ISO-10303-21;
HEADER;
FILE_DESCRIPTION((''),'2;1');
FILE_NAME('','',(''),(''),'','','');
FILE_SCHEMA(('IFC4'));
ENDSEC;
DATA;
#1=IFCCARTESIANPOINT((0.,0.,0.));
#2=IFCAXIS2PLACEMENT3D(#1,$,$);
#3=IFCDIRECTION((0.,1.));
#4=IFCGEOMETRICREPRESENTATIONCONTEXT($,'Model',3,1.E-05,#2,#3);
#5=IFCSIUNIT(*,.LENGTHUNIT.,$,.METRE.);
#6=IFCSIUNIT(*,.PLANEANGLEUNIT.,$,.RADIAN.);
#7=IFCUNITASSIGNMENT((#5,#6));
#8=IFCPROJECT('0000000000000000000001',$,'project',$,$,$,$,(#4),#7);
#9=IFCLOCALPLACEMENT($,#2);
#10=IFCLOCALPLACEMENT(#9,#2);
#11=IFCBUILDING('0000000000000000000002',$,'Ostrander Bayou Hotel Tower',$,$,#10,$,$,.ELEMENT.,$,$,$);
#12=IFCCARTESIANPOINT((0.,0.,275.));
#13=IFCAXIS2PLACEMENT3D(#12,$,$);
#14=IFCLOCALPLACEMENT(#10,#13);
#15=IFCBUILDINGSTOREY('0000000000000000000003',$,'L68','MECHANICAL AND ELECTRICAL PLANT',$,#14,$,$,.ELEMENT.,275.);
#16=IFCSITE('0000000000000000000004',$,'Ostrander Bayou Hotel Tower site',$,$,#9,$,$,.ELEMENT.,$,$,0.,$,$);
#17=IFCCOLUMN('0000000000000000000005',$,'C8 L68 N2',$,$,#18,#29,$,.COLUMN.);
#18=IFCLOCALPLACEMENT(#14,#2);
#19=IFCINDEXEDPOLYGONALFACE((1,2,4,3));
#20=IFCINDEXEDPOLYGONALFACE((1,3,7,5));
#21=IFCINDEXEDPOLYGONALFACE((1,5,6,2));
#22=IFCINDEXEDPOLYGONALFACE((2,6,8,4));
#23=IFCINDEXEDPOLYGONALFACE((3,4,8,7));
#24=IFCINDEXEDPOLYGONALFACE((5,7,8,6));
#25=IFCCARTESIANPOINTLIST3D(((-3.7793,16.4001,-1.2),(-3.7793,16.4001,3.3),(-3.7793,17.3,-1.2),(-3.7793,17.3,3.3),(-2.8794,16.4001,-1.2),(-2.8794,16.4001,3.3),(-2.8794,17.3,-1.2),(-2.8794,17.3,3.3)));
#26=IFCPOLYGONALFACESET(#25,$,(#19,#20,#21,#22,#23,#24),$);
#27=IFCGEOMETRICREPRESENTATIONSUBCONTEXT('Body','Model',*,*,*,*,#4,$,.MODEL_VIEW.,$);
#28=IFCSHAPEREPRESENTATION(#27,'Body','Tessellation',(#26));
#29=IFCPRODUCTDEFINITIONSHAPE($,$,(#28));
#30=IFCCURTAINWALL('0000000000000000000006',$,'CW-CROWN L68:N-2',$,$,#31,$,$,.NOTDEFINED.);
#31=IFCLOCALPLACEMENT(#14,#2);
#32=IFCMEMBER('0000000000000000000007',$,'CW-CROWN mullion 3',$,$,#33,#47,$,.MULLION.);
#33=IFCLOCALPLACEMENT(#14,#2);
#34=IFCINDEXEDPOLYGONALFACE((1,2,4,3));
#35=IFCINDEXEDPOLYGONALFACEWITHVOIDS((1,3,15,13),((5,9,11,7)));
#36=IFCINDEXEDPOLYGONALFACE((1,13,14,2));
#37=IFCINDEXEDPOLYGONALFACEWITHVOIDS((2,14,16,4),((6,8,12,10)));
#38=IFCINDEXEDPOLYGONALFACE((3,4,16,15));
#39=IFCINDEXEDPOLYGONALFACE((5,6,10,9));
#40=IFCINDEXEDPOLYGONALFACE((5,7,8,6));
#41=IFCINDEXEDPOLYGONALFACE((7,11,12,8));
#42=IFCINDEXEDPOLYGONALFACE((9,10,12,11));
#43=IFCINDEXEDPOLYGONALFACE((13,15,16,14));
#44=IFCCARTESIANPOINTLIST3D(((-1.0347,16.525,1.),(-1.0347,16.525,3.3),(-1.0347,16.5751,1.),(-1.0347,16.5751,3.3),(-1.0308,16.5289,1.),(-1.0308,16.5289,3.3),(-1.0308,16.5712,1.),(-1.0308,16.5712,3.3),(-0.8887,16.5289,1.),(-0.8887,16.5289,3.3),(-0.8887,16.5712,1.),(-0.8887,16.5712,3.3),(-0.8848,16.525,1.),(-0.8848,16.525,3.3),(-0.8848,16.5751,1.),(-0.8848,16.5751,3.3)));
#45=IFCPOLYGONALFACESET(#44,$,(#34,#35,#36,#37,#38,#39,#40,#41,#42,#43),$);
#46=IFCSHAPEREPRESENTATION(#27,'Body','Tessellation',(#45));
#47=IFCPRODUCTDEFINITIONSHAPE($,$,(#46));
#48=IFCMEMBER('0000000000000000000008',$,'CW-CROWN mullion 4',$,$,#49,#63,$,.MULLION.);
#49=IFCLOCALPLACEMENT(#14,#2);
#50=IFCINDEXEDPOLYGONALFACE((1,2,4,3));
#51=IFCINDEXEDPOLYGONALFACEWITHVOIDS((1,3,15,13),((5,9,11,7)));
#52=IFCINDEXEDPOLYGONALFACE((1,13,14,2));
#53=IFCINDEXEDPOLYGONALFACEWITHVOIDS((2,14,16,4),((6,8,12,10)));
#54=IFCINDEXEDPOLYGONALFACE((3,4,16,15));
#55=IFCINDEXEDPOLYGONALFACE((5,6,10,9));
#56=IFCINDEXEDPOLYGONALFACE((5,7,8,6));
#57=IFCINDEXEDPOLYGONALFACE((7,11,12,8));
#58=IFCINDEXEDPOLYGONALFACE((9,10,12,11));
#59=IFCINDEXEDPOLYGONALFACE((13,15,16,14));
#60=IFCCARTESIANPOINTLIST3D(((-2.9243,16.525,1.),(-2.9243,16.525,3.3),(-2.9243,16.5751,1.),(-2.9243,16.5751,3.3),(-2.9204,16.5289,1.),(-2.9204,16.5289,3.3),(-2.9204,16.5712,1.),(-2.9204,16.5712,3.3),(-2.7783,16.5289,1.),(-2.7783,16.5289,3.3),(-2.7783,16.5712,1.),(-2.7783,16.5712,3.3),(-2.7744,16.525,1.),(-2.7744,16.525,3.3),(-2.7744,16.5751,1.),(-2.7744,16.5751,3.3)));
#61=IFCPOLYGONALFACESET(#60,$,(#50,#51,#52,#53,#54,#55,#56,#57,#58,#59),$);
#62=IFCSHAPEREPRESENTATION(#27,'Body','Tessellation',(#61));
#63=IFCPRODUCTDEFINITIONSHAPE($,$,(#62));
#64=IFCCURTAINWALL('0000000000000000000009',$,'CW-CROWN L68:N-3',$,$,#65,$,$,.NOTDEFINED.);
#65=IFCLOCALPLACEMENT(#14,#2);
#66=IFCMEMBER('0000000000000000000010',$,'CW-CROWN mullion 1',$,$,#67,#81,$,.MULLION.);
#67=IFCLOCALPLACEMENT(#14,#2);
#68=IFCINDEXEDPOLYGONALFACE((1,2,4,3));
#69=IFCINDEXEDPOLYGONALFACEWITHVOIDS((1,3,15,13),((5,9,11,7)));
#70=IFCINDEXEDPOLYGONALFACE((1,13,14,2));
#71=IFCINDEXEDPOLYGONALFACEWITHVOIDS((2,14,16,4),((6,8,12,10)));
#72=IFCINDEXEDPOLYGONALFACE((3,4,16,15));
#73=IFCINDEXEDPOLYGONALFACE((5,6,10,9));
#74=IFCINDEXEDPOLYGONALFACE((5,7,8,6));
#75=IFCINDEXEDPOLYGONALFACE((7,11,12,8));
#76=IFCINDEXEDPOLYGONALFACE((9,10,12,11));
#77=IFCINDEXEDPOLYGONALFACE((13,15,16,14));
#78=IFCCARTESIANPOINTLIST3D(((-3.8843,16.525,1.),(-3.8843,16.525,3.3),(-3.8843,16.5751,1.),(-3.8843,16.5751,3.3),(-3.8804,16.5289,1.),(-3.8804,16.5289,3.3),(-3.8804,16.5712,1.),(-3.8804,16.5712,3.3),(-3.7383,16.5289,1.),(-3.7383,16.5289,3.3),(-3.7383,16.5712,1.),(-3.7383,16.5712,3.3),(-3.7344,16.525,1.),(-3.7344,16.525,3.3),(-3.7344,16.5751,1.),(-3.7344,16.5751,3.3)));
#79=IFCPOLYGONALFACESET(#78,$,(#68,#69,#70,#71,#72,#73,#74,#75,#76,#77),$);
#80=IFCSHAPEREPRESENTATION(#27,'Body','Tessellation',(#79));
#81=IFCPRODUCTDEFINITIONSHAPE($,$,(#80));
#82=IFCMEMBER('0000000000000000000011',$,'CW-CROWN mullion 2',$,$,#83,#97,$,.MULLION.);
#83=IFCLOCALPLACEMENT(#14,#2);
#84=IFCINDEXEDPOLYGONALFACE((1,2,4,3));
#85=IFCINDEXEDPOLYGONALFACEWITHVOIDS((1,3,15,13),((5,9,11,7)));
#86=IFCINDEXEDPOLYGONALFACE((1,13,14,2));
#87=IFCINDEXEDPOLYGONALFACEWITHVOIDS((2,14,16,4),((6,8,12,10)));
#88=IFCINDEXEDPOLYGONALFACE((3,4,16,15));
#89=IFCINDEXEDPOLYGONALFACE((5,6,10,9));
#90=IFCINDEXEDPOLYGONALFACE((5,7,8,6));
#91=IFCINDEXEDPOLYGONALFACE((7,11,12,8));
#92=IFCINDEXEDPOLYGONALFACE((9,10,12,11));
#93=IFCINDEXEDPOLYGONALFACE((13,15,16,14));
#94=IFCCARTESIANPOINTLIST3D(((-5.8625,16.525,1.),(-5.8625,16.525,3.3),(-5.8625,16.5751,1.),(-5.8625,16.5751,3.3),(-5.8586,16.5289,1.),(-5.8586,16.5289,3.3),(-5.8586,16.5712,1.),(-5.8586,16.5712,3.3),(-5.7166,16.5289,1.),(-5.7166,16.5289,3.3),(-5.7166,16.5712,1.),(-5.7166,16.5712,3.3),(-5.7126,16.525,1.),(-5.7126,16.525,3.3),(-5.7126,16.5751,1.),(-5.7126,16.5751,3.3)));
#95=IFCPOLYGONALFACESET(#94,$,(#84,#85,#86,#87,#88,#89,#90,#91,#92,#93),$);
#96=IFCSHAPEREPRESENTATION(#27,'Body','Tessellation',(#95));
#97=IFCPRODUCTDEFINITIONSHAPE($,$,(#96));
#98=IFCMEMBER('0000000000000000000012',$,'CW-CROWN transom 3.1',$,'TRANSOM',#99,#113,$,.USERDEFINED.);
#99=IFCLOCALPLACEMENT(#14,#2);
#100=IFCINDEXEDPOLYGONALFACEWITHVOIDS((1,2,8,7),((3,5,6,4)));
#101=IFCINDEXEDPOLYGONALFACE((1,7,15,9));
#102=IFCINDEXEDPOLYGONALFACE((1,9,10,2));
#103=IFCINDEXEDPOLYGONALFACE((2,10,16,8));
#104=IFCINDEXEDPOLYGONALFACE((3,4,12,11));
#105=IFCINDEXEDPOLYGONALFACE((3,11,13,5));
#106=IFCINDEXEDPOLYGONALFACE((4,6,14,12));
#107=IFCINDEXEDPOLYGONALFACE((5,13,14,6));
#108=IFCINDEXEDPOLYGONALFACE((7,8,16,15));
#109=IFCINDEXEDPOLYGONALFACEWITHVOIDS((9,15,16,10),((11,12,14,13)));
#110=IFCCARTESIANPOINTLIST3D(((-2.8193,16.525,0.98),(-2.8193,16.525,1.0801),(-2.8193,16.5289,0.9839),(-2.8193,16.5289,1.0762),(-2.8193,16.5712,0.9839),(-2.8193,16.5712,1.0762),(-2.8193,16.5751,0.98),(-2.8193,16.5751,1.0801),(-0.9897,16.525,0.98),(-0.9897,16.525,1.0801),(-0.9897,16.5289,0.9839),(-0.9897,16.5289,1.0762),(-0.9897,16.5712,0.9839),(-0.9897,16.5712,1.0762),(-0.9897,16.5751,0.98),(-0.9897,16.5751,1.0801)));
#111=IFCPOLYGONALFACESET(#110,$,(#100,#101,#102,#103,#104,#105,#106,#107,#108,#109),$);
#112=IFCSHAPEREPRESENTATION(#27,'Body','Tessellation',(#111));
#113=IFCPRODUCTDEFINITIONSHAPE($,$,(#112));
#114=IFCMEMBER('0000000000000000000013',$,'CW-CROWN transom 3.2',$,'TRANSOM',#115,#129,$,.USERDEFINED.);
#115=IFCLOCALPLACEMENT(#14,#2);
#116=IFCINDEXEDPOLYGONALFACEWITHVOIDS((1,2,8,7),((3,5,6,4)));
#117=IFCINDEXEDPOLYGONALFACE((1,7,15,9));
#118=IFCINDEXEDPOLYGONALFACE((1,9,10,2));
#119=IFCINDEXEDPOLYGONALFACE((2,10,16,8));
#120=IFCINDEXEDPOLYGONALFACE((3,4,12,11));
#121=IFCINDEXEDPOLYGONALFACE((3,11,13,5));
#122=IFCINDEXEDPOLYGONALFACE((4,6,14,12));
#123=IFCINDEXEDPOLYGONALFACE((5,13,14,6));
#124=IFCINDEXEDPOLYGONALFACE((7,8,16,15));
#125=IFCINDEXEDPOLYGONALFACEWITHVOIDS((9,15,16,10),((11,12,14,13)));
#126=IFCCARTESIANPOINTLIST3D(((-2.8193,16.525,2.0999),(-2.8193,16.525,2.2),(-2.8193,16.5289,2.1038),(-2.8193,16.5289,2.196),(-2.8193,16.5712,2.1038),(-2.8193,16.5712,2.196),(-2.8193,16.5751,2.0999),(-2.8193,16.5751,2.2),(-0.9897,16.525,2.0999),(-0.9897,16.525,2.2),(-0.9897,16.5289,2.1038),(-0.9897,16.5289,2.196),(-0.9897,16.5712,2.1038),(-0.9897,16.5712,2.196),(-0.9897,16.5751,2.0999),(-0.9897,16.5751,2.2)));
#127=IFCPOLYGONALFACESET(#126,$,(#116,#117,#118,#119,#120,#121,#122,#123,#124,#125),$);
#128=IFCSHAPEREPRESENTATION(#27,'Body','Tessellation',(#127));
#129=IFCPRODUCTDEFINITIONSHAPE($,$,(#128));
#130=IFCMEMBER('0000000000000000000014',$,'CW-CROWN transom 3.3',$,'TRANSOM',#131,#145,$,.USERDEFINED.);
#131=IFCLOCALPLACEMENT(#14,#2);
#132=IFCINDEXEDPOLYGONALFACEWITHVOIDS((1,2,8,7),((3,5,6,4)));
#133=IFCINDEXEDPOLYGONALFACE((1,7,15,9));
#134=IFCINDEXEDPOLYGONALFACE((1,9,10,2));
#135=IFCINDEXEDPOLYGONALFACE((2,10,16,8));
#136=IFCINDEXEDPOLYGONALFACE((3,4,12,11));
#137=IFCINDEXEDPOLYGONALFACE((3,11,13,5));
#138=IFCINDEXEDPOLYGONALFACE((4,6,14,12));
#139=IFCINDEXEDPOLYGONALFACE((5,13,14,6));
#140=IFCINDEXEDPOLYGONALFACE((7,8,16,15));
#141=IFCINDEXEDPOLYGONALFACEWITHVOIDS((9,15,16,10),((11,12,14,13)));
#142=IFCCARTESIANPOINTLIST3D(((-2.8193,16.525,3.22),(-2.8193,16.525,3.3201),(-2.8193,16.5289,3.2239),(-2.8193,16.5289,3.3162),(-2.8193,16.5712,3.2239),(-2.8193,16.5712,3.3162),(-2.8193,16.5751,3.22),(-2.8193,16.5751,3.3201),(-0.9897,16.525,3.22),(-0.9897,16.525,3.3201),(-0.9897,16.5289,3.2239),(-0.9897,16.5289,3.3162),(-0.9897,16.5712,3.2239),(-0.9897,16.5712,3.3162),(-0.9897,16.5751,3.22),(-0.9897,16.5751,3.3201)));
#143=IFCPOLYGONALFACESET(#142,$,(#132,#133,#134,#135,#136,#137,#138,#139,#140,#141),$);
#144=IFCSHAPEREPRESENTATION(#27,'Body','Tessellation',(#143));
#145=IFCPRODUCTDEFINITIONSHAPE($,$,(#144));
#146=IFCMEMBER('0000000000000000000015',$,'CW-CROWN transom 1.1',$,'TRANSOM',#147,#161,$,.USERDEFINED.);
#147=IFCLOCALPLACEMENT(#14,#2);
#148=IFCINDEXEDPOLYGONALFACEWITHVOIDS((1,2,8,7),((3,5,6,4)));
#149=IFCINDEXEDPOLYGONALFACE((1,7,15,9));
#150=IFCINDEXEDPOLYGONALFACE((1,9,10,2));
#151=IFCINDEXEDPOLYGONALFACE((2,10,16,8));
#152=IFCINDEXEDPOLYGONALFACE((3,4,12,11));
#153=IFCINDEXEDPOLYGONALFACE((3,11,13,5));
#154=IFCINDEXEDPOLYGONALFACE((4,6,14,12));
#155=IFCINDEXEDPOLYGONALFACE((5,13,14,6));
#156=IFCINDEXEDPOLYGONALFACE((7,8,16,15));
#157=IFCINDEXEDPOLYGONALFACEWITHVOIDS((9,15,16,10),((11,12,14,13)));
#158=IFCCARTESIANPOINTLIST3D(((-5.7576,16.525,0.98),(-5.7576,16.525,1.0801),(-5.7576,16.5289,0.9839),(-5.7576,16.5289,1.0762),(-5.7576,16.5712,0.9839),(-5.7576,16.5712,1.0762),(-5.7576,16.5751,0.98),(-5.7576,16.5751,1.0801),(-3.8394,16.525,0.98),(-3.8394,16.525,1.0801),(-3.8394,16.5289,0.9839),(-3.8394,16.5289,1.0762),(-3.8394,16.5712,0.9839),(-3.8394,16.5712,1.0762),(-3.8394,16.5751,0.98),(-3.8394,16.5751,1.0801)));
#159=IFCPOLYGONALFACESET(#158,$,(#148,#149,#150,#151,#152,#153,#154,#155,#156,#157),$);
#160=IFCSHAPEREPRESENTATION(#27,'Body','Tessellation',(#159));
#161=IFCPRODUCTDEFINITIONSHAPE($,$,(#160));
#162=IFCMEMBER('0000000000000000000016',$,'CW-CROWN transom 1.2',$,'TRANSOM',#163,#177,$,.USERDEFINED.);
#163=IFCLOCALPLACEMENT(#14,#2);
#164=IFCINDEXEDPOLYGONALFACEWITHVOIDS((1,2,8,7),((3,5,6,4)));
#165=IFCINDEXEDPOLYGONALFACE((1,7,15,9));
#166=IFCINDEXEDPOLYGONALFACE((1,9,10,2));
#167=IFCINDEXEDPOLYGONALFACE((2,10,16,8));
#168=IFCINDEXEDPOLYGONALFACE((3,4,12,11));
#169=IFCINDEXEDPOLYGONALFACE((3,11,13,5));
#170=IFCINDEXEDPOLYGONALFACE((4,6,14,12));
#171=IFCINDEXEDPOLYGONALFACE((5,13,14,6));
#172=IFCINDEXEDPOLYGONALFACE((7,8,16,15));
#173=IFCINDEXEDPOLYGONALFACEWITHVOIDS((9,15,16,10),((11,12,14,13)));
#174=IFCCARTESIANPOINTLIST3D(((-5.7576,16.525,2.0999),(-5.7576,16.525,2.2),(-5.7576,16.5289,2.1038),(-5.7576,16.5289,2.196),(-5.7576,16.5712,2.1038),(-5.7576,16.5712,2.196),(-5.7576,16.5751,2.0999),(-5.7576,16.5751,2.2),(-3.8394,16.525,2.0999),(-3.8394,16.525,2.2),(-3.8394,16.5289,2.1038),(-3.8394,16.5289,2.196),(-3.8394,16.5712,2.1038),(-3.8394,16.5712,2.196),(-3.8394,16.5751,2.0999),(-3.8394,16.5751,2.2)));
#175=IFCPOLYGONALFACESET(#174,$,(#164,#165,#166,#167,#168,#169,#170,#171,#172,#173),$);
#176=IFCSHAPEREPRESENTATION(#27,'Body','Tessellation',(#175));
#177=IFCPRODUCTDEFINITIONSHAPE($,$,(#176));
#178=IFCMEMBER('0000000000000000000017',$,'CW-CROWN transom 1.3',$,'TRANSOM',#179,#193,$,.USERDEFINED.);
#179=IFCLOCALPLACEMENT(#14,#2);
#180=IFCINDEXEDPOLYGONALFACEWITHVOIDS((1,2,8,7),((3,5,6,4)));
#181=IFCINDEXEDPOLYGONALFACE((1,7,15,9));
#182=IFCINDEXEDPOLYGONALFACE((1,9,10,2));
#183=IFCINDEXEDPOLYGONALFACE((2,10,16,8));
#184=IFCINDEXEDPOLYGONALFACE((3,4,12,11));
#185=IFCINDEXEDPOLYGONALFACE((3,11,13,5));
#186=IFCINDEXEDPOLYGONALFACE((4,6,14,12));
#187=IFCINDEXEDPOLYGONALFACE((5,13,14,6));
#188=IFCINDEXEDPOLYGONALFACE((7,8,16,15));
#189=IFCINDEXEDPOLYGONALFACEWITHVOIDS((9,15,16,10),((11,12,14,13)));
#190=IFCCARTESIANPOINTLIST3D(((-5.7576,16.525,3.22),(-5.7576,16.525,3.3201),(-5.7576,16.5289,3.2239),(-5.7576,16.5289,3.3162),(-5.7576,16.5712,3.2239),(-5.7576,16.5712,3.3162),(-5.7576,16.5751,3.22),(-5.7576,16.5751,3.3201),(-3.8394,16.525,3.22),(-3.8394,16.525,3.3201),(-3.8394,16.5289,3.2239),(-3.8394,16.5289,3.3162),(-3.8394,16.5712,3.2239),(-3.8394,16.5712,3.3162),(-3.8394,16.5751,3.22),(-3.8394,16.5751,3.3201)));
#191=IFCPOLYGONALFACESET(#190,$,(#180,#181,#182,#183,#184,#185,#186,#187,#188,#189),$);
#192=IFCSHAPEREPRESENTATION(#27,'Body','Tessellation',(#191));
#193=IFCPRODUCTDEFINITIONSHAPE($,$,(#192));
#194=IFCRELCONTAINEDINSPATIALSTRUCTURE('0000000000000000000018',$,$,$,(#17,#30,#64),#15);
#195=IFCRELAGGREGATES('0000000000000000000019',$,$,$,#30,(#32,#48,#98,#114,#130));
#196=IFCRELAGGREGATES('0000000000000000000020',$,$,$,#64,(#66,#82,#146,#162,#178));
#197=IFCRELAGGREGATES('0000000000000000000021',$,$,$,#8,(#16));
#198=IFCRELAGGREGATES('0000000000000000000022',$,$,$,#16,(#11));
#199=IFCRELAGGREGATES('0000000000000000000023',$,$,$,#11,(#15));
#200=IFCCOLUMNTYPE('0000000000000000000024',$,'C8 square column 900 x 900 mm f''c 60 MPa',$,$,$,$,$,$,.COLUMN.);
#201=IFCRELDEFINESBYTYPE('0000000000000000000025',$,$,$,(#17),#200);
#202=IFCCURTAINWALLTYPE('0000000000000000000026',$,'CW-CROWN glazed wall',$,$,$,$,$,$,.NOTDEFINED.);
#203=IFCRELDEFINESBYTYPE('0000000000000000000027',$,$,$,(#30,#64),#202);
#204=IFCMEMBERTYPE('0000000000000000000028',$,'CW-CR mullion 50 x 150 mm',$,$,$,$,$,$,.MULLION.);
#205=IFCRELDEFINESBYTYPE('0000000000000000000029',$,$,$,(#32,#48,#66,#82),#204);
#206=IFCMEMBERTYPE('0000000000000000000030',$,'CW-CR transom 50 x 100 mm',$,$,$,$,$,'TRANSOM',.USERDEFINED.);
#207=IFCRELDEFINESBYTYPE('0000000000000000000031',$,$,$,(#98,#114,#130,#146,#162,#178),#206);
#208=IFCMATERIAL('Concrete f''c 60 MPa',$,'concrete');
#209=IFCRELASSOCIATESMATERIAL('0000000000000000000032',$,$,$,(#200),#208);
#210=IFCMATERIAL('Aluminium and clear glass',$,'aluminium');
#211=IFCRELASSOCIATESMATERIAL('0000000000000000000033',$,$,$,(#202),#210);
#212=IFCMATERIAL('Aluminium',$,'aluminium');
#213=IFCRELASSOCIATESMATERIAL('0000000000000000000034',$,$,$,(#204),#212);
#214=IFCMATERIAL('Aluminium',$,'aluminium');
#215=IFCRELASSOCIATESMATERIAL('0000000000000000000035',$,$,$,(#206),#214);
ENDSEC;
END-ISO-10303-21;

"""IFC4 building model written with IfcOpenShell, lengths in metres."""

from ifc_helpers import new_model, si_unit, direction, frame, origin, origin_2d, place, context, subcontext, project, spatial, rectangle, hollow_rectangle, extrude, material, material_profile, profile_set, type_object, element, aggregate, save


model = new_model("IFC4")

# Units and contexts
model_context = context("Model", 3, precision=1e-05, world=origin(), true_north=direction((0.0, 1.0)))
body_context = subcontext(model_context, "Body", "Model", "MODEL_VIEW")
ifc_project = project(units=[si_unit("LENGTHUNIT", "METRE"), si_unit("PLANEANGLEUNIT", "RADIAN")], contexts=[model_context])

# Site, building, storey
site_placement = place(None, origin())
site = spatial("IfcSite", under=ifc_project, at=site_placement, Name="Ostrander Bayou Hotel Tower site", CompositionType="ELEMENT", RefElevation=0.0)
building_placement = place(site_placement, origin())
building = spatial("IfcBuilding", under=site, at=building_placement, Name="Ostrander Bayou Hotel Tower", CompositionType="ELEMENT")
storey_placement = place(building_placement, frame((0.0, 0.0, 275.0)))
storey = spatial("IfcBuildingStorey", under=building, at=storey_placement, Name="L68", Description="MECHANICAL AND ELECTRICAL PLANT", CompositionType="ELEMENT", Elevation=275.0)

# Column
ifc_material_1 = material(Name="Concrete f'c 60 MPa", Category="concrete")
ifc_material_profile_1 = material_profile(ifc_material_1, rectangle(XDim=0.8999, YDim=0.8999, at=origin_2d()))
ifc_profile_set_1 = profile_set([ifc_material_profile_1], Name="Concrete f'c 60 MPa")
column_type = type_object("IfcColumnType", Name="C8 square column 900 x 900 mm f'c 60 MPa", PredefinedType="COLUMN", material=ifc_profile_set_1)
column_placement = place(storey_placement, frame((-3.3293, 16.8501, -1.2), z_axis=(0.0, 0.0, 1.0), x_axis=(1.0, 0.0, 0.0)))
element("IfcColumn", 1, at=column_placement, inside=storey, type_object=column_type, Name="C8 L68 N2", PredefinedType="COLUMN", context=body_context, shape_type="SweptSolid", body=[
    extrude(rectangle(XDim=0.8999, YDim=0.8999, at=origin_2d()), origin(), (0.0, 0.0, 1.0), 4.5),
])

# Curtain walls, members
ifc_material_2 = material(Name="Aluminium and clear glass", Category="aluminium")
curtain_wall_type = type_object("IfcCurtainWallType", Name="CW-CROWN glazed wall", PredefinedType="NOTDEFINED", material=ifc_material_2)
curtain_wall_1_placement = place(storey_placement, origin())
curtain_wall_1 = element("IfcCurtainWall", 2, at=curtain_wall_1_placement, inside=storey, type_object=curtain_wall_type, Name="CW-CROWN L68:N-2", PredefinedType="NOTDEFINED")
ifc_material_3 = material(Name="Aluminium", Category="aluminium")
ifc_material_profile_2 = material_profile(ifc_material_3, hollow_rectangle(XDim=0.05, YDim=0.1499, WallThickness=0.0039, at=origin_2d()))
ifc_profile_set_2 = profile_set([ifc_material_profile_2], Name="Aluminium")
member_type_1 = type_object("IfcMemberType", Name="CW-CR mullion 50 x 150 mm", PredefinedType="MULLION", material=ifc_profile_set_2)
member_1_placement = place(storey_placement, frame((-0.9597, 16.55, 1.0), z_axis=(0.0, 0.0, 1.0), x_axis=(0.0, -1.0, 0.0)))
member_1 = element("IfcMember", 3, at=member_1_placement, type_object=member_type_1, Name="CW-CROWN mullion 3", PredefinedType="MULLION", context=body_context, shape_type="SweptSolid", body=[
    extrude(hollow_rectangle(XDim=0.05, YDim=0.1499, WallThickness=0.0039, at=origin_2d()), origin(), (0.0, 0.0, 1.0), 2.3),
])
member_2_placement = place(storey_placement, frame((-2.8494, 16.55, 1.0), z_axis=(0.0, 0.0, 1.0), x_axis=(0.0, -1.0, 0.0)))
member_2 = element("IfcMember", 4, at=member_2_placement, type_object=member_type_1, Name="CW-CROWN mullion 4", PredefinedType="MULLION", context=body_context, shape_type="SweptSolid", body=[
    extrude(hollow_rectangle(XDim=0.05, YDim=0.1499, WallThickness=0.0039, at=origin_2d()), origin(), (0.0, 0.0, 1.0), 2.3),
])
curtain_wall_2_placement = place(storey_placement, origin())
curtain_wall_2 = element("IfcCurtainWall", 5, at=curtain_wall_2_placement, inside=storey, type_object=curtain_wall_type, Name="CW-CROWN L68:N-3", PredefinedType="NOTDEFINED")
member_3_placement = place(storey_placement, frame((-3.8093, 16.55, 1.0), z_axis=(0.0, 0.0, 1.0), x_axis=(0.0, -1.0, 0.0)))
member_3 = element("IfcMember", 6, at=member_3_placement, type_object=member_type_1, Name="CW-CROWN mullion 1", PredefinedType="MULLION", context=body_context, shape_type="SweptSolid", body=[
    extrude(hollow_rectangle(XDim=0.05, YDim=0.1499, WallThickness=0.0039, at=origin_2d()), origin(), (0.0, 0.0, 1.0), 2.3),
])
member_4_placement = place(storey_placement, frame((-5.7876, 16.55, 1.0), z_axis=(0.0, 0.0, 1.0), x_axis=(0.0, -1.0, 0.0)))
member_4 = element("IfcMember", 7, at=member_4_placement, type_object=member_type_1, Name="CW-CROWN mullion 2", PredefinedType="MULLION", context=body_context, shape_type="SweptSolid", body=[
    extrude(hollow_rectangle(XDim=0.05, YDim=0.1499, WallThickness=0.0039, at=origin_2d()), origin(), (0.0, 0.0, 1.0), 2.3),
])

# Members
ifc_material_4 = material(Name="Aluminium", Category="aluminium")
ifc_material_profile_3 = material_profile(ifc_material_4, hollow_rectangle(XDim=0.05, YDim=0.1001, WallThickness=0.0039, at=origin_2d()))
ifc_profile_set_3 = profile_set([ifc_material_profile_3], Name="Aluminium")
member_type_2 = type_object("IfcMemberType", Name="CW-CR transom 50 x 100 mm", ElementType="TRANSOM", PredefinedType="USERDEFINED", material=ifc_profile_set_3)
member_5_placement = place(storey_placement, frame((-0.9897, 16.55, 1.03), z_axis=(-1.0, 0.0, 0.0), x_axis=(0.0, -1.0, 0.0)))
member_5 = element("IfcMember", 8, at=member_5_placement, type_object=member_type_2, Name="CW-CROWN transom 3.1", ObjectType="TRANSOM", PredefinedType="USERDEFINED", context=body_context, shape_type="SweptSolid", body=[
    extrude(hollow_rectangle(XDim=0.05, YDim=0.1001, WallThickness=0.0039, at=origin_2d()), origin(), (0.0, 0.0, 1.0), 1.8296),
])
member_6_placement = place(storey_placement, frame((-0.9897, 16.55, 2.1499), z_axis=(-1.0, 0.0, 0.0), x_axis=(0.0, -1.0, 0.0)))
member_6 = element("IfcMember", 9, at=member_6_placement, type_object=member_type_2, Name="CW-CROWN transom 3.2", ObjectType="TRANSOM", PredefinedType="USERDEFINED", context=body_context, shape_type="SweptSolid", body=[
    extrude(hollow_rectangle(XDim=0.05, YDim=0.1001, WallThickness=0.0039, at=origin_2d()), origin(), (0.0, 0.0, 1.0), 1.8296),
])
member_7_placement = place(storey_placement, frame((-0.9897, 16.55, 3.27), z_axis=(-1.0, 0.0, 0.0), x_axis=(0.0, -1.0, 0.0)))
member_7 = element("IfcMember", 10, at=member_7_placement, type_object=member_type_2, Name="CW-CROWN transom 3.3", ObjectType="TRANSOM", PredefinedType="USERDEFINED", context=body_context, shape_type="SweptSolid", body=[
    extrude(hollow_rectangle(XDim=0.05, YDim=0.1001, WallThickness=0.0039, at=origin_2d()), origin(), (0.0, 0.0, 1.0), 1.8296),
])
member_8_placement = place(storey_placement, frame((-3.8394, 16.55, 1.03), z_axis=(-1.0, 0.0, 0.0), x_axis=(0.0, -1.0, 0.0)))
member_8 = element("IfcMember", 11, at=member_8_placement, type_object=member_type_2, Name="CW-CROWN transom 1.1", ObjectType="TRANSOM", PredefinedType="USERDEFINED", context=body_context, shape_type="SweptSolid", body=[
    extrude(hollow_rectangle(XDim=0.05, YDim=0.1001, WallThickness=0.0039, at=origin_2d()), origin(), (0.0, 0.0, 1.0), 1.9182),
])
member_9_placement = place(storey_placement, frame((-3.8394, 16.55, 2.1499), z_axis=(-1.0, 0.0, 0.0), x_axis=(0.0, -1.0, 0.0)))
member_9 = element("IfcMember", 12, at=member_9_placement, type_object=member_type_2, Name="CW-CROWN transom 1.2", ObjectType="TRANSOM", PredefinedType="USERDEFINED", context=body_context, shape_type="SweptSolid", body=[
    extrude(hollow_rectangle(XDim=0.05, YDim=0.1001, WallThickness=0.0039, at=origin_2d()), origin(), (0.0, 0.0, 1.0), 1.9182),
])
member_10_placement = place(storey_placement, frame((-3.8394, 16.55, 3.27), z_axis=(-1.0, 0.0, 0.0), x_axis=(0.0, -1.0, 0.0)))
member_10 = element("IfcMember", 13, at=member_10_placement, type_object=member_type_2, Name="CW-CROWN transom 1.3", ObjectType="TRANSOM", PredefinedType="USERDEFINED", context=body_context, shape_type="SweptSolid", body=[
    extrude(hollow_rectangle(XDim=0.05, YDim=0.1001, WallThickness=0.0039, at=origin_2d()), origin(), (0.0, 0.0, 1.0), 1.9182),
])

aggregate(curtain_wall_1, [member_1, member_2, member_5, member_6, member_7])
aggregate(curtain_wall_2, [member_3, member_4, member_8, member_9, member_10])

save(model, "model.ifc")
